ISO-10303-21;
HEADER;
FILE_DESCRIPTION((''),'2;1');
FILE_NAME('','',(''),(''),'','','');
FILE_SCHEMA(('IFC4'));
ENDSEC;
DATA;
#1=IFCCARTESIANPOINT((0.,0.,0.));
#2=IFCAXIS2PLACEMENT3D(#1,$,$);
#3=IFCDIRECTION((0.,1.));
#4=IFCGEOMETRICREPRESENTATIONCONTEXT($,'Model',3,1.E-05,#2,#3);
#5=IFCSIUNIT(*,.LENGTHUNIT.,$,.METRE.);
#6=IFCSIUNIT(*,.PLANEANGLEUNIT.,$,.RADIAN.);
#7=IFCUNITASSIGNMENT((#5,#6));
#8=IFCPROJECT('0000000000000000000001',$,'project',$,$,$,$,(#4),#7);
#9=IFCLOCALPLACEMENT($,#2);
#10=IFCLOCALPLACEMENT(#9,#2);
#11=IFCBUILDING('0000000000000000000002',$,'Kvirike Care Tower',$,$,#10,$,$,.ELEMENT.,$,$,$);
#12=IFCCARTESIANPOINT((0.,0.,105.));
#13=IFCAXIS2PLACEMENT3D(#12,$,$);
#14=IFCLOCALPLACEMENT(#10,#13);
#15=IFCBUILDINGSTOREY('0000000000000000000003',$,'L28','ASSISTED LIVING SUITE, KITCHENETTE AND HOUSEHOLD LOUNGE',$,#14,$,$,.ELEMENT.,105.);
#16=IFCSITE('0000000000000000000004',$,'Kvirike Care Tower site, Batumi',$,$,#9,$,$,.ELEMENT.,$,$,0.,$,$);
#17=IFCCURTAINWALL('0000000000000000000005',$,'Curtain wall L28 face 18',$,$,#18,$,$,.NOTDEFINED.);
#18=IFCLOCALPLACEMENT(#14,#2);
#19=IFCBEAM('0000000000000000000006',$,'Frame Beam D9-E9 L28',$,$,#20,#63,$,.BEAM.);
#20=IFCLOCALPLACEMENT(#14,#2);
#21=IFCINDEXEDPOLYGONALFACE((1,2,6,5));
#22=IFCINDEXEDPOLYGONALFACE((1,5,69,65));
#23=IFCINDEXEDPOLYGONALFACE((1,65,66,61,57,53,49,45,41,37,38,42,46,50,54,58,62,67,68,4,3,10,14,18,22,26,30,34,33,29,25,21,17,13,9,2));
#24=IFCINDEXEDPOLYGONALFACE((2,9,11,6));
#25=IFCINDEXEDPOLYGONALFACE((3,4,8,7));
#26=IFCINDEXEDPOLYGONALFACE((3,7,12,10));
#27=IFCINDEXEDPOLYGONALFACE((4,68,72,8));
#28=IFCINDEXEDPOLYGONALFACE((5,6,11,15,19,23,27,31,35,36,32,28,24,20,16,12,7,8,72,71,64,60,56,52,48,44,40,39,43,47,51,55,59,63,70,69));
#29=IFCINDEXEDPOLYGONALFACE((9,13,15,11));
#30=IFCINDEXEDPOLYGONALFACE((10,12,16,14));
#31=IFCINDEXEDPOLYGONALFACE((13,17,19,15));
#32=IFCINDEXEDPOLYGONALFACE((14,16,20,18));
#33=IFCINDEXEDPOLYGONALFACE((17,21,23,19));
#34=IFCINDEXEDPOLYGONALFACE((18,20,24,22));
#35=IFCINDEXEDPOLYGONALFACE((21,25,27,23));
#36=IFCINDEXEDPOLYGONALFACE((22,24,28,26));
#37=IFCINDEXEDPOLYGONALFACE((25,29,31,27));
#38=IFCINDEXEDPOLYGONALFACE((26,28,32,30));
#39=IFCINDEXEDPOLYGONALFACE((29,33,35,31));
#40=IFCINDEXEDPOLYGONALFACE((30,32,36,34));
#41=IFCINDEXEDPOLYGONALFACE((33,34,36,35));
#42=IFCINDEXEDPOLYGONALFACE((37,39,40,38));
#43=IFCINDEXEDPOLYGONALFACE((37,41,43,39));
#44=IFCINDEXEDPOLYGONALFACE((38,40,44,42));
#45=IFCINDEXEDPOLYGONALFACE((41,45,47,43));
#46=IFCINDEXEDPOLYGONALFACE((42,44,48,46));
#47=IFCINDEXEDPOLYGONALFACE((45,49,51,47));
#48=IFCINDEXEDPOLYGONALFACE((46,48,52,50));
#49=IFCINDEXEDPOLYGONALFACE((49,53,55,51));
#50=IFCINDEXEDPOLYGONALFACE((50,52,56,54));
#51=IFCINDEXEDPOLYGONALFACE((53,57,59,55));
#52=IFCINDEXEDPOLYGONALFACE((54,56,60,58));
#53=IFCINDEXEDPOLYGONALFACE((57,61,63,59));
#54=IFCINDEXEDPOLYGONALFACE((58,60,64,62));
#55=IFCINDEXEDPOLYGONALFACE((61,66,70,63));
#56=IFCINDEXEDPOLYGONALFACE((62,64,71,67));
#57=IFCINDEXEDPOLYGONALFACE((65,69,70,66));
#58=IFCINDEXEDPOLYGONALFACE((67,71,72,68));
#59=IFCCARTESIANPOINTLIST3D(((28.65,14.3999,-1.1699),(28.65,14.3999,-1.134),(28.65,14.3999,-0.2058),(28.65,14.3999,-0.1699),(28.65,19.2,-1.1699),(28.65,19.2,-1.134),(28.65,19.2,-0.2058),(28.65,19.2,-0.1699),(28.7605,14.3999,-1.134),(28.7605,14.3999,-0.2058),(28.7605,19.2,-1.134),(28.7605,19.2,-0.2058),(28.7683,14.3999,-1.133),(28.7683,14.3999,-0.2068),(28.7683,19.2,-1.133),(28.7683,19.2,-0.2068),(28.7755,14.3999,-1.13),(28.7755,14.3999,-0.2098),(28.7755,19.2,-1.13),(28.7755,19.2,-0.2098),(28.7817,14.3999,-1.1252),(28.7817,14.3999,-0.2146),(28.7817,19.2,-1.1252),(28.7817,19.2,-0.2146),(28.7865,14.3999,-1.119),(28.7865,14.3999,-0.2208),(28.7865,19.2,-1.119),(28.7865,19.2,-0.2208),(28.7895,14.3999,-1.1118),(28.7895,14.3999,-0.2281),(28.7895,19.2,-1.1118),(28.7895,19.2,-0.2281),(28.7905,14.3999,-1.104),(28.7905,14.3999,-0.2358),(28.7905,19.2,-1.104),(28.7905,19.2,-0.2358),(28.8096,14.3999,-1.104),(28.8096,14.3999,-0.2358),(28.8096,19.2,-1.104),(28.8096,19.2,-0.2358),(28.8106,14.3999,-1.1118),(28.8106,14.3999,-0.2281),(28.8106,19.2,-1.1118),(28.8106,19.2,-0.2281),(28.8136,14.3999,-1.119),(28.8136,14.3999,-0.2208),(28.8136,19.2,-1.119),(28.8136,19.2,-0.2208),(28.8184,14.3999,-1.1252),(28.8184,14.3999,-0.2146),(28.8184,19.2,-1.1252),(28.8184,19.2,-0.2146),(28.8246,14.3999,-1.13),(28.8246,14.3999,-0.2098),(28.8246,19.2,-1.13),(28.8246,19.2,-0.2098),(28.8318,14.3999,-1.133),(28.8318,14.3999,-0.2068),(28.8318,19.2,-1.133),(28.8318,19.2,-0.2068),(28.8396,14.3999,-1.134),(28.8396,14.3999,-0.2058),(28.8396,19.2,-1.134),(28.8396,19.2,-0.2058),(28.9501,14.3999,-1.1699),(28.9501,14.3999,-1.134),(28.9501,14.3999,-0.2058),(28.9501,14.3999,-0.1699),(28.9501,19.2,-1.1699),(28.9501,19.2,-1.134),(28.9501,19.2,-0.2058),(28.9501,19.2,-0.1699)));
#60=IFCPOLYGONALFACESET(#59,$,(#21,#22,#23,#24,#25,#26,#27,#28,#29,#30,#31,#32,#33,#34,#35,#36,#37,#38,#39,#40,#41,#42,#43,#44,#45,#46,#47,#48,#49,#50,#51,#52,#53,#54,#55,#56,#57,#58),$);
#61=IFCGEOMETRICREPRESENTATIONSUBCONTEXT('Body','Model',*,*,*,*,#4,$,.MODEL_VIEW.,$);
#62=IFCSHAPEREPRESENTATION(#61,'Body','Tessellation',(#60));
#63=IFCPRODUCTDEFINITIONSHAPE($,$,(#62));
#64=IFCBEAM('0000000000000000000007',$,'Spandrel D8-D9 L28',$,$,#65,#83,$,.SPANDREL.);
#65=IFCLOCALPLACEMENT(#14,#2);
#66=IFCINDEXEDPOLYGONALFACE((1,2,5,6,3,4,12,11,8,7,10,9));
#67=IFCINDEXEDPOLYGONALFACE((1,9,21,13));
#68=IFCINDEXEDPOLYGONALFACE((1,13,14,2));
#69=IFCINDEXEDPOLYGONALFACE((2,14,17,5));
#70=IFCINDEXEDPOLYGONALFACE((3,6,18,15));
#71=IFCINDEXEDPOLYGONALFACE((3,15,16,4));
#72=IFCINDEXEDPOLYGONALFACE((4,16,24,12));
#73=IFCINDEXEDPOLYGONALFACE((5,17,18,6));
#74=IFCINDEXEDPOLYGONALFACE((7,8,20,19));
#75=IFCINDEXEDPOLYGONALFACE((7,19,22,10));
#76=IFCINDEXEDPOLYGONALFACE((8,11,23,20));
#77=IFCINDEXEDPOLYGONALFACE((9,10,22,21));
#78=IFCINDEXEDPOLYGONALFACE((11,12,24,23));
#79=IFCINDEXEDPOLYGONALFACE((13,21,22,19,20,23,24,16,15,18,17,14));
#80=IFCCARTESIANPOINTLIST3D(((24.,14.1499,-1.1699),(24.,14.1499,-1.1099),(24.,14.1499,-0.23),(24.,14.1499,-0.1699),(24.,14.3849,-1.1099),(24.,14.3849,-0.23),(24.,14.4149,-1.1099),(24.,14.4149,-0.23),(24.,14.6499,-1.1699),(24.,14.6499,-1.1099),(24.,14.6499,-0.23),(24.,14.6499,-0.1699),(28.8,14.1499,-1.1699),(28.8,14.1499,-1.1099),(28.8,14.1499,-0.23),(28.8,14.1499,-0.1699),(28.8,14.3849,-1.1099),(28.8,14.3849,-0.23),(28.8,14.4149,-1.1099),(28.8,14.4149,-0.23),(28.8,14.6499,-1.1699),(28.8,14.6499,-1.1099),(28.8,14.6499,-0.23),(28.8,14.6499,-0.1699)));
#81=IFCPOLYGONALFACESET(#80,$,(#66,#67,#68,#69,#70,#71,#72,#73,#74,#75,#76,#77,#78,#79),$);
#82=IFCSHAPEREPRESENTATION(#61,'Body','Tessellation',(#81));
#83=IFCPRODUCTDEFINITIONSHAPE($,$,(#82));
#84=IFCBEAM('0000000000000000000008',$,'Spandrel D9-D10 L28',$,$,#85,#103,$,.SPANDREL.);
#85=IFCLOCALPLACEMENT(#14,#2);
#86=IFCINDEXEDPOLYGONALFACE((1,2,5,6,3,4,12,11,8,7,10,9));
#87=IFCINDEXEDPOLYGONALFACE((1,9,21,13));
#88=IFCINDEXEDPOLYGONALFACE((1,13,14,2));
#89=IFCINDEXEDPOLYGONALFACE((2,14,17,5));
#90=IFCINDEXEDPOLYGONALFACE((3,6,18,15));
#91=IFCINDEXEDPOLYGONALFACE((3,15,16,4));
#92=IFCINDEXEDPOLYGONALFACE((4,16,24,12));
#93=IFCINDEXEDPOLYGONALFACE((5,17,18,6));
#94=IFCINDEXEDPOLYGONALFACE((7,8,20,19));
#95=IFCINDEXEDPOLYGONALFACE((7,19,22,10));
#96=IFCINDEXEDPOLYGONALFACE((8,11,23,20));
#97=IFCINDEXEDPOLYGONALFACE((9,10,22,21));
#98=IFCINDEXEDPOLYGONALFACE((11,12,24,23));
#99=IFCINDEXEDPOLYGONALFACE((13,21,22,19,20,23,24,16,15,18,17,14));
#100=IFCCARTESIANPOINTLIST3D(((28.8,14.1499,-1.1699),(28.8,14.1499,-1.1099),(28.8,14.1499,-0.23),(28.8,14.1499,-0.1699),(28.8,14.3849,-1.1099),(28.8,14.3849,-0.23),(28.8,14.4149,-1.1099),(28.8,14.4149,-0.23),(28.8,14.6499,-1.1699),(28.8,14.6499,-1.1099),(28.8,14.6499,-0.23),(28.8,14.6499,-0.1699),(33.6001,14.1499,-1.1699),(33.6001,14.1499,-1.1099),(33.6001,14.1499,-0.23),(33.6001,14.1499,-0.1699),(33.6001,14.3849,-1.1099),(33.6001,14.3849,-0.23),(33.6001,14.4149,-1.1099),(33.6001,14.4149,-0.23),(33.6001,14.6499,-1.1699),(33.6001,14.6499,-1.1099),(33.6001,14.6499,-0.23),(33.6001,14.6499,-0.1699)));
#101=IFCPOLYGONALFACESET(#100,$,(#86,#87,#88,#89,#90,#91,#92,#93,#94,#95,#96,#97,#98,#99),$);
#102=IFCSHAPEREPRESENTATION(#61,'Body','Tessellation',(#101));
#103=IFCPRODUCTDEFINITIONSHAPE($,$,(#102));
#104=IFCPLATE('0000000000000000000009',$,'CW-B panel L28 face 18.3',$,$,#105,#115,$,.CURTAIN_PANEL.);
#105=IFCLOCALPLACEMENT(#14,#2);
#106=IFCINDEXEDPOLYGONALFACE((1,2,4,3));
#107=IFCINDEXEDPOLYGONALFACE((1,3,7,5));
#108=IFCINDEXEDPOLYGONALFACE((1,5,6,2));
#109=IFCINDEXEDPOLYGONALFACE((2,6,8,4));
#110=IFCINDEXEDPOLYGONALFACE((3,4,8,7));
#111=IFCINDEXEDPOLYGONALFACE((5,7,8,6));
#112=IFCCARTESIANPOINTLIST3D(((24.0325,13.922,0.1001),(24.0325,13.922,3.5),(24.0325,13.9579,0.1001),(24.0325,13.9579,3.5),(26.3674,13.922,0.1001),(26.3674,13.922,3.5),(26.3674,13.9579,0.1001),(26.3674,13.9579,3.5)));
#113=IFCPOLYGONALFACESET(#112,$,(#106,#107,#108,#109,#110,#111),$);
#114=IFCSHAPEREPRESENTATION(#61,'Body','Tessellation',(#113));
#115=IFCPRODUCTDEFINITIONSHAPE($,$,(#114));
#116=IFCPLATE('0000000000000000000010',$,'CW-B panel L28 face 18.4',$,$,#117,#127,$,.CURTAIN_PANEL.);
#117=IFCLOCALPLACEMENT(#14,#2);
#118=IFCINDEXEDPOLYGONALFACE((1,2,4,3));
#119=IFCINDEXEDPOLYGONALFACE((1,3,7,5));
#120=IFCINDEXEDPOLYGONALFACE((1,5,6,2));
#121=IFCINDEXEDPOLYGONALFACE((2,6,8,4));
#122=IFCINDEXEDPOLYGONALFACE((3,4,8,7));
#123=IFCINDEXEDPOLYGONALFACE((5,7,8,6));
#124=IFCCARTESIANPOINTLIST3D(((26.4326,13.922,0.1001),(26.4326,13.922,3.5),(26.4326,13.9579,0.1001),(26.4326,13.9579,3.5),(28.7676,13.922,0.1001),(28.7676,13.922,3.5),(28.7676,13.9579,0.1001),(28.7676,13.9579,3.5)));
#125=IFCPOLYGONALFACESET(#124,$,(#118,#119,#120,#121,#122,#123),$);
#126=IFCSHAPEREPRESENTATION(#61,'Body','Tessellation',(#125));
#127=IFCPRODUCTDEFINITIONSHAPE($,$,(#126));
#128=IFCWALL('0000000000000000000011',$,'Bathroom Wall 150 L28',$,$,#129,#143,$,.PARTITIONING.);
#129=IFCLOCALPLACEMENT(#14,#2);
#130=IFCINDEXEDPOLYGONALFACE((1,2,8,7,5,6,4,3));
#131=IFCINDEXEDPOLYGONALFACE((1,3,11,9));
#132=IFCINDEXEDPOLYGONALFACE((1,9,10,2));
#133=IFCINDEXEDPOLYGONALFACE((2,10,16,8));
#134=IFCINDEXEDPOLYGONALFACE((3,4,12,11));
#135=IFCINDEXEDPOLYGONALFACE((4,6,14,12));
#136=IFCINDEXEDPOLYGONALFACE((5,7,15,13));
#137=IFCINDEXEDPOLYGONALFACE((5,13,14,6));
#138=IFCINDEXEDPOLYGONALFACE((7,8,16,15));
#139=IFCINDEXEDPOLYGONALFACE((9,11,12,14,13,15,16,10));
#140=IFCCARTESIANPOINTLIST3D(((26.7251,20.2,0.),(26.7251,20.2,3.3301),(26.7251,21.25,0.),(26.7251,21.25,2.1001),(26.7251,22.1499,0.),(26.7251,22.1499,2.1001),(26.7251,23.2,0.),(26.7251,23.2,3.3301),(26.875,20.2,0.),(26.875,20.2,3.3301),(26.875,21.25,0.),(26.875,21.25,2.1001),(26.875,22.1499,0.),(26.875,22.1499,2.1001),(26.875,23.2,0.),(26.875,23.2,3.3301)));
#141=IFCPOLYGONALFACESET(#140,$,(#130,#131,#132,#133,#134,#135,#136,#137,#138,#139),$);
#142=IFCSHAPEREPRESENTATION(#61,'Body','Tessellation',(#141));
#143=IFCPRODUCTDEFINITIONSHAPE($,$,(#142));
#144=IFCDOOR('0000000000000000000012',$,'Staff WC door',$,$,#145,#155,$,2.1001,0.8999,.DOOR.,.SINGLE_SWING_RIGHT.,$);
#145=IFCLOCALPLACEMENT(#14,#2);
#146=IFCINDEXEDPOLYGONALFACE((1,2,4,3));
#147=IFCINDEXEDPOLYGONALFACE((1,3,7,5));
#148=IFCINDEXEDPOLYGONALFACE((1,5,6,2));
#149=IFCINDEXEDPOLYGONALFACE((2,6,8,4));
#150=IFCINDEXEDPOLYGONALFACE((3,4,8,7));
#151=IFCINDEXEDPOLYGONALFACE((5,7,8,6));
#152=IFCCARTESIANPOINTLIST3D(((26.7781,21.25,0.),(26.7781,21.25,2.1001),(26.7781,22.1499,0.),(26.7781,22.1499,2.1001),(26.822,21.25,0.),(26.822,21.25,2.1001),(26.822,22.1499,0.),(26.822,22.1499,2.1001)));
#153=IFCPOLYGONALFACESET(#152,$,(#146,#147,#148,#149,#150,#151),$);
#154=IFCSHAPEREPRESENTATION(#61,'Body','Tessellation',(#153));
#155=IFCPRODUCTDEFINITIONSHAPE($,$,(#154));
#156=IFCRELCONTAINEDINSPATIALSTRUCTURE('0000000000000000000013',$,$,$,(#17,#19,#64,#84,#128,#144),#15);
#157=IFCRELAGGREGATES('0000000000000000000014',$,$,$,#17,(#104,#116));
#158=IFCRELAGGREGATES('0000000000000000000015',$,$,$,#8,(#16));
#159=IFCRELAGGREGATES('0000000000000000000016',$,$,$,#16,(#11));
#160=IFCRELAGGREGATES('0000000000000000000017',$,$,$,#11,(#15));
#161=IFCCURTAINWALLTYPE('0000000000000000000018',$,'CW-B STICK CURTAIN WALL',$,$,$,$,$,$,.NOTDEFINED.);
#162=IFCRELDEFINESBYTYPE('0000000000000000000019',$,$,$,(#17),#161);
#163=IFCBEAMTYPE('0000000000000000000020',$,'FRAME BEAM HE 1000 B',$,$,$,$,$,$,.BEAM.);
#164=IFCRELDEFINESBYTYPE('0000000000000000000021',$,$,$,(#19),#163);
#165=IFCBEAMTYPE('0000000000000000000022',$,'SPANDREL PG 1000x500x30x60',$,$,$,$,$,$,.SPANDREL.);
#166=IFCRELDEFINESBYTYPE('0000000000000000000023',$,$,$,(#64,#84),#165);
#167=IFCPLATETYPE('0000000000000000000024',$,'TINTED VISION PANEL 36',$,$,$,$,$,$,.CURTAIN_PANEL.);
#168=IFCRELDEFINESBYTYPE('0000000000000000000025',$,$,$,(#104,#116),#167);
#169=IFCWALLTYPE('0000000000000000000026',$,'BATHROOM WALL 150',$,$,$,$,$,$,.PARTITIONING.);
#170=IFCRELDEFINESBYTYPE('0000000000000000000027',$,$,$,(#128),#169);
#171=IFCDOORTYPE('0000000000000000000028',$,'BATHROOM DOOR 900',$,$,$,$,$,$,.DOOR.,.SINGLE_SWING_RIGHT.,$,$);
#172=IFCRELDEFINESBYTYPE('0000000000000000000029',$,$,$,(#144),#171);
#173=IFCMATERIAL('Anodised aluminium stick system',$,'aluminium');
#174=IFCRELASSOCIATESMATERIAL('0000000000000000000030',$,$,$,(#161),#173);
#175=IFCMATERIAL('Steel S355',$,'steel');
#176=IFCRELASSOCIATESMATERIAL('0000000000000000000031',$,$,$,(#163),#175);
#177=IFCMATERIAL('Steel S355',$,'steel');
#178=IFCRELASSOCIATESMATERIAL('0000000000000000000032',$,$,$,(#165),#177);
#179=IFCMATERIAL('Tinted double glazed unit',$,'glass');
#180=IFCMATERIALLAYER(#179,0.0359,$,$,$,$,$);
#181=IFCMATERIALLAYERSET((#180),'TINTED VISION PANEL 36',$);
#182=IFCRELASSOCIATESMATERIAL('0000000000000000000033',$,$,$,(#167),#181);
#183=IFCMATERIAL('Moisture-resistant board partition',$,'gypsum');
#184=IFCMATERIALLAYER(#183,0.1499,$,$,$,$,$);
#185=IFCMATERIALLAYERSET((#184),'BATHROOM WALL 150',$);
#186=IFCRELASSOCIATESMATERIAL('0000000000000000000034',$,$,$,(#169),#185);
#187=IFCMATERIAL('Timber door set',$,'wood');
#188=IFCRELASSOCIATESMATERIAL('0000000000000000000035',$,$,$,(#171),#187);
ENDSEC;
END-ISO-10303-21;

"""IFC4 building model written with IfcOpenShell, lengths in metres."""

from ifc_helpers import new_model, si_unit, direction, frame, frame_2d, origin, origin_2d, place, context, subcontext, project, spatial, rectangle, i_section, extrude, material, layer, layer_set, material_profile, profile_set, type_object, element, fill, aggregate, save


model = new_model("IFC4")

# Units and contexts
model_context = context("Model", 3, precision=1e-05, world=origin(), true_north=direction((0.0, 1.0)))
body_context = subcontext(model_context, "Body", "Model", "MODEL_VIEW")
ifc_project = project(units=[si_unit("LENGTHUNIT", "METRE"), si_unit("PLANEANGLEUNIT", "RADIAN")], contexts=[model_context])

# Site, building, storey
site_placement = place(None, origin())
site = spatial("IfcSite", under=ifc_project, at=site_placement, Name="Kvirike Care Tower site, Batumi", CompositionType="ELEMENT", RefElevation=0.0)
building_placement = place(site_placement, origin())
building = spatial("IfcBuilding", under=site, at=building_placement, Name="Kvirike Care Tower", CompositionType="ELEMENT")
storey_placement = place(building_placement, frame((0.0, 0.0, 105.0)))
storey = spatial("IfcBuildingStorey", under=building, at=storey_placement, Name="L28", Description="ASSISTED LIVING SUITE, KITCHENETTE AND HOUSEHOLD LOUNGE", CompositionType="ELEMENT", Elevation=105.0)

# Curtain wall
ifc_material_1 = material(Name="Anodised aluminium stick system", Category="aluminium")
curtain_wall_type = type_object("IfcCurtainWallType", Name="CW-B STICK CURTAIN WALL", PredefinedType="NOTDEFINED", material=ifc_material_1)
curtain_wall_placement = place(storey_placement, origin())
curtain_wall = element("IfcCurtainWall", 1, at=curtain_wall_placement, inside=storey, type_object=curtain_wall_type, Name="Curtain wall L28 face 18", PredefinedType="NOTDEFINED")

# Beams
ifc_material_2 = material(Name="Steel S355", Category="steel")
ifc_material_profile_1 = material_profile(ifc_material_2, i_section(OverallWidth=0.3, OverallDepth=1.0, WebThickness=0.019, FlangeThickness=0.0359, FilletRadius=0.03, at=origin_2d()), Name="HE 1000 B")
ifc_profile_set_1 = profile_set([ifc_material_profile_1], Name="Steel S355")
beam_type_1 = type_object("IfcBeamType", Name="FRAME BEAM HE 1000 B", PredefinedType="BEAM", material=ifc_profile_set_1)
beam_placement = place(storey_placement, frame((28.8, 14.3999, -0.6699), z_axis=(0.0, 1.0, 0.0), x_axis=(-1.0, 0.0, 0.0)))
element("IfcBeam", 2, at=beam_placement, inside=storey, type_object=beam_type_1, Name="Frame Beam D9-E9 L28", PredefinedType="BEAM", context=body_context, shape_type="SweptSolid", body=[
    extrude(i_section(OverallWidth=0.3, OverallDepth=1.0, WebThickness=0.019, FlangeThickness=0.0359, FilletRadius=0.03, at=origin_2d()), origin(), (0.0, 0.0, 1.0), 4.8),
])
ifc_material_3 = material(Name="Steel S355", Category="steel")
ifc_material_profile_2 = material_profile(ifc_material_3, i_section(OverallWidth=0.5, OverallDepth=1.0, WebThickness=0.03, FlangeThickness=0.0601, at=origin_2d()), Name="PG 1000x500x30x60")
ifc_profile_set_2 = profile_set([ifc_material_profile_2], Name="Steel S355")
beam_type_2 = type_object("IfcBeamType", Name="SPANDREL PG 1000x500x30x60", PredefinedType="SPANDREL", material=ifc_profile_set_2)
for number, where, z_axis, x_axis, name in (
    (3, (24.0, 14.3999, -0.6699), (1.0, 0.0, 0.0), (0.0, 1.0, 0.0), "Spandrel D8-D9 L28"),
    (4, (28.8, 14.3999, -0.6699), (1.0, 0.0, 0.0), (0.0, 1.0, 0.0), "Spandrel D9-D10 L28"),
):
    element("IfcBeam", number, at=place(storey_placement, frame(where, z_axis=z_axis, x_axis=x_axis)), inside=storey, type_object=beam_type_2, Name=name, PredefinedType="SPANDREL", context=body_context, shape_type="SweptSolid", body=[
        extrude(i_section(OverallWidth=0.5, OverallDepth=1.0, WebThickness=0.03, FlangeThickness=0.0601, at=origin_2d()), origin(), (0.0, 0.0, 1.0), 4.8),
    ])

# Plates
ifc_material_4 = material(Name="Tinted double glazed unit", Category="glass")
ifc_layer_1 = layer(ifc_material_4, 0.0359)
ifc_layer_set_1 = layer_set([ifc_layer_1], Name="TINTED VISION PANEL 36")
plate_type = type_object("IfcPlateType", Name="TINTED VISION PANEL 36", PredefinedType="CURTAIN_PANEL", material=ifc_layer_set_1)
plate_1_placement = place(storey_placement, frame((25.2, 13.9399, 0.1001), z_axis=(0.0, 0.0, 1.0), x_axis=(1.0, 0.0, 0.0)))
plate_1 = element("IfcPlate", 5, at=plate_1_placement, type_object=plate_type, Name="CW-B panel L28 face 18.3", PredefinedType="CURTAIN_PANEL", context=body_context, shape_type="SweptSolid", body=[
    extrude(rectangle(XDim=2.335, YDim=0.0359, at=origin_2d()), origin(), (0.0, 0.0, 1.0), 3.3999),
])
plate_2_placement = place(storey_placement, frame((27.6001, 13.9399, 0.1001), z_axis=(0.0, 0.0, 1.0), x_axis=(1.0, 0.0, 0.0)))
plate_2 = element("IfcPlate", 6, at=plate_2_placement, type_object=plate_type, Name="CW-B panel L28 face 18.4", PredefinedType="CURTAIN_PANEL", context=body_context, shape_type="SweptSolid", body=[
    extrude(rectangle(XDim=2.335, YDim=0.0359, at=origin_2d()), origin(), (0.0, 0.0, 1.0), 3.3999),
])
aggregate(curtain_wall, [plate_1, plate_2])

# Wall, opening, door
ifc_material_5 = material(Name="Moisture-resistant board partition", Category="gypsum")
ifc_layer_2 = layer(ifc_material_5, 0.1499)
ifc_layer_set_2 = layer_set([ifc_layer_2], Name="BATHROOM WALL 150")
wall_type_1 = type_object("IfcWallType", Name="BATHROOM WALL 150", PredefinedType="PARTITIONING", material=ifc_layer_set_2)
wall_1_placement = place(storey_placement, frame((26.8, 20.2, 0.0), z_axis=(0.0, 0.0, 1.0), x_axis=(0.0, 1.0, 0.0)))
wall_1 = element("IfcWall", 7, at=wall_1_placement, inside=storey, type_object=wall_type_1, Name="Bathroom Wall 150 L28", PredefinedType="PARTITIONING", context=body_context, shape_type="SweptSolid", body=[
    extrude(rectangle(XDim=3.0, YDim=0.1499, at=frame_2d((1.5, 0.0))), origin(), (0.0, 0.0, 1.0), 3.3301),
])
opening_1_placement = place(wall_1_placement, frame((1.05, 0.0, 0.0)))
opening_1 = element("IfcOpeningElement", 8, at=opening_1_placement, cuts=wall_1, PredefinedType="OPENING", context=body_context, shape_type="SweptSolid", body=[
    extrude(rectangle(XDim=0.8999, YDim=2.1001, at=frame_2d((0.45, 1.05))), frame((0.0, 0.0854, 0.0), z_axis=(0.0, -1.0, 0.0), x_axis=(1.0, 0.0, 0.0)), (0.0, 0.0, 1.0), 0.1709),
])
ifc_material_6 = material(Name="Timber door set", Category="wood")
door_type_1 = type_object("IfcDoorType", Name="BATHROOM DOOR 900", OperationType="SINGLE_SWING_RIGHT", PredefinedType="DOOR", material=ifc_material_6)
door_1_placement = place(opening_1_placement, origin())
door_1 = element("IfcDoor", 9, at=door_1_placement, inside=storey, type_object=door_type_1, Name="Staff WC door", OperationType="SINGLE_SWING_RIGHT", OverallHeight=2.1001, OverallWidth=0.8999, PredefinedType="DOOR", context=body_context, shape_type="SweptSolid", body=[
    extrude(rectangle(XDim=0.8999, YDim=2.1001, at=frame_2d((0.45, 1.05))), frame((0.0, 0.022, 0.0), z_axis=(0.0, -1.0, 0.0), x_axis=(1.0, 0.0, 0.0)), (0.0, 0.0, 1.0), 0.0439),
])
fill(opening_1, door_1)

save(model, "model.ifc")
